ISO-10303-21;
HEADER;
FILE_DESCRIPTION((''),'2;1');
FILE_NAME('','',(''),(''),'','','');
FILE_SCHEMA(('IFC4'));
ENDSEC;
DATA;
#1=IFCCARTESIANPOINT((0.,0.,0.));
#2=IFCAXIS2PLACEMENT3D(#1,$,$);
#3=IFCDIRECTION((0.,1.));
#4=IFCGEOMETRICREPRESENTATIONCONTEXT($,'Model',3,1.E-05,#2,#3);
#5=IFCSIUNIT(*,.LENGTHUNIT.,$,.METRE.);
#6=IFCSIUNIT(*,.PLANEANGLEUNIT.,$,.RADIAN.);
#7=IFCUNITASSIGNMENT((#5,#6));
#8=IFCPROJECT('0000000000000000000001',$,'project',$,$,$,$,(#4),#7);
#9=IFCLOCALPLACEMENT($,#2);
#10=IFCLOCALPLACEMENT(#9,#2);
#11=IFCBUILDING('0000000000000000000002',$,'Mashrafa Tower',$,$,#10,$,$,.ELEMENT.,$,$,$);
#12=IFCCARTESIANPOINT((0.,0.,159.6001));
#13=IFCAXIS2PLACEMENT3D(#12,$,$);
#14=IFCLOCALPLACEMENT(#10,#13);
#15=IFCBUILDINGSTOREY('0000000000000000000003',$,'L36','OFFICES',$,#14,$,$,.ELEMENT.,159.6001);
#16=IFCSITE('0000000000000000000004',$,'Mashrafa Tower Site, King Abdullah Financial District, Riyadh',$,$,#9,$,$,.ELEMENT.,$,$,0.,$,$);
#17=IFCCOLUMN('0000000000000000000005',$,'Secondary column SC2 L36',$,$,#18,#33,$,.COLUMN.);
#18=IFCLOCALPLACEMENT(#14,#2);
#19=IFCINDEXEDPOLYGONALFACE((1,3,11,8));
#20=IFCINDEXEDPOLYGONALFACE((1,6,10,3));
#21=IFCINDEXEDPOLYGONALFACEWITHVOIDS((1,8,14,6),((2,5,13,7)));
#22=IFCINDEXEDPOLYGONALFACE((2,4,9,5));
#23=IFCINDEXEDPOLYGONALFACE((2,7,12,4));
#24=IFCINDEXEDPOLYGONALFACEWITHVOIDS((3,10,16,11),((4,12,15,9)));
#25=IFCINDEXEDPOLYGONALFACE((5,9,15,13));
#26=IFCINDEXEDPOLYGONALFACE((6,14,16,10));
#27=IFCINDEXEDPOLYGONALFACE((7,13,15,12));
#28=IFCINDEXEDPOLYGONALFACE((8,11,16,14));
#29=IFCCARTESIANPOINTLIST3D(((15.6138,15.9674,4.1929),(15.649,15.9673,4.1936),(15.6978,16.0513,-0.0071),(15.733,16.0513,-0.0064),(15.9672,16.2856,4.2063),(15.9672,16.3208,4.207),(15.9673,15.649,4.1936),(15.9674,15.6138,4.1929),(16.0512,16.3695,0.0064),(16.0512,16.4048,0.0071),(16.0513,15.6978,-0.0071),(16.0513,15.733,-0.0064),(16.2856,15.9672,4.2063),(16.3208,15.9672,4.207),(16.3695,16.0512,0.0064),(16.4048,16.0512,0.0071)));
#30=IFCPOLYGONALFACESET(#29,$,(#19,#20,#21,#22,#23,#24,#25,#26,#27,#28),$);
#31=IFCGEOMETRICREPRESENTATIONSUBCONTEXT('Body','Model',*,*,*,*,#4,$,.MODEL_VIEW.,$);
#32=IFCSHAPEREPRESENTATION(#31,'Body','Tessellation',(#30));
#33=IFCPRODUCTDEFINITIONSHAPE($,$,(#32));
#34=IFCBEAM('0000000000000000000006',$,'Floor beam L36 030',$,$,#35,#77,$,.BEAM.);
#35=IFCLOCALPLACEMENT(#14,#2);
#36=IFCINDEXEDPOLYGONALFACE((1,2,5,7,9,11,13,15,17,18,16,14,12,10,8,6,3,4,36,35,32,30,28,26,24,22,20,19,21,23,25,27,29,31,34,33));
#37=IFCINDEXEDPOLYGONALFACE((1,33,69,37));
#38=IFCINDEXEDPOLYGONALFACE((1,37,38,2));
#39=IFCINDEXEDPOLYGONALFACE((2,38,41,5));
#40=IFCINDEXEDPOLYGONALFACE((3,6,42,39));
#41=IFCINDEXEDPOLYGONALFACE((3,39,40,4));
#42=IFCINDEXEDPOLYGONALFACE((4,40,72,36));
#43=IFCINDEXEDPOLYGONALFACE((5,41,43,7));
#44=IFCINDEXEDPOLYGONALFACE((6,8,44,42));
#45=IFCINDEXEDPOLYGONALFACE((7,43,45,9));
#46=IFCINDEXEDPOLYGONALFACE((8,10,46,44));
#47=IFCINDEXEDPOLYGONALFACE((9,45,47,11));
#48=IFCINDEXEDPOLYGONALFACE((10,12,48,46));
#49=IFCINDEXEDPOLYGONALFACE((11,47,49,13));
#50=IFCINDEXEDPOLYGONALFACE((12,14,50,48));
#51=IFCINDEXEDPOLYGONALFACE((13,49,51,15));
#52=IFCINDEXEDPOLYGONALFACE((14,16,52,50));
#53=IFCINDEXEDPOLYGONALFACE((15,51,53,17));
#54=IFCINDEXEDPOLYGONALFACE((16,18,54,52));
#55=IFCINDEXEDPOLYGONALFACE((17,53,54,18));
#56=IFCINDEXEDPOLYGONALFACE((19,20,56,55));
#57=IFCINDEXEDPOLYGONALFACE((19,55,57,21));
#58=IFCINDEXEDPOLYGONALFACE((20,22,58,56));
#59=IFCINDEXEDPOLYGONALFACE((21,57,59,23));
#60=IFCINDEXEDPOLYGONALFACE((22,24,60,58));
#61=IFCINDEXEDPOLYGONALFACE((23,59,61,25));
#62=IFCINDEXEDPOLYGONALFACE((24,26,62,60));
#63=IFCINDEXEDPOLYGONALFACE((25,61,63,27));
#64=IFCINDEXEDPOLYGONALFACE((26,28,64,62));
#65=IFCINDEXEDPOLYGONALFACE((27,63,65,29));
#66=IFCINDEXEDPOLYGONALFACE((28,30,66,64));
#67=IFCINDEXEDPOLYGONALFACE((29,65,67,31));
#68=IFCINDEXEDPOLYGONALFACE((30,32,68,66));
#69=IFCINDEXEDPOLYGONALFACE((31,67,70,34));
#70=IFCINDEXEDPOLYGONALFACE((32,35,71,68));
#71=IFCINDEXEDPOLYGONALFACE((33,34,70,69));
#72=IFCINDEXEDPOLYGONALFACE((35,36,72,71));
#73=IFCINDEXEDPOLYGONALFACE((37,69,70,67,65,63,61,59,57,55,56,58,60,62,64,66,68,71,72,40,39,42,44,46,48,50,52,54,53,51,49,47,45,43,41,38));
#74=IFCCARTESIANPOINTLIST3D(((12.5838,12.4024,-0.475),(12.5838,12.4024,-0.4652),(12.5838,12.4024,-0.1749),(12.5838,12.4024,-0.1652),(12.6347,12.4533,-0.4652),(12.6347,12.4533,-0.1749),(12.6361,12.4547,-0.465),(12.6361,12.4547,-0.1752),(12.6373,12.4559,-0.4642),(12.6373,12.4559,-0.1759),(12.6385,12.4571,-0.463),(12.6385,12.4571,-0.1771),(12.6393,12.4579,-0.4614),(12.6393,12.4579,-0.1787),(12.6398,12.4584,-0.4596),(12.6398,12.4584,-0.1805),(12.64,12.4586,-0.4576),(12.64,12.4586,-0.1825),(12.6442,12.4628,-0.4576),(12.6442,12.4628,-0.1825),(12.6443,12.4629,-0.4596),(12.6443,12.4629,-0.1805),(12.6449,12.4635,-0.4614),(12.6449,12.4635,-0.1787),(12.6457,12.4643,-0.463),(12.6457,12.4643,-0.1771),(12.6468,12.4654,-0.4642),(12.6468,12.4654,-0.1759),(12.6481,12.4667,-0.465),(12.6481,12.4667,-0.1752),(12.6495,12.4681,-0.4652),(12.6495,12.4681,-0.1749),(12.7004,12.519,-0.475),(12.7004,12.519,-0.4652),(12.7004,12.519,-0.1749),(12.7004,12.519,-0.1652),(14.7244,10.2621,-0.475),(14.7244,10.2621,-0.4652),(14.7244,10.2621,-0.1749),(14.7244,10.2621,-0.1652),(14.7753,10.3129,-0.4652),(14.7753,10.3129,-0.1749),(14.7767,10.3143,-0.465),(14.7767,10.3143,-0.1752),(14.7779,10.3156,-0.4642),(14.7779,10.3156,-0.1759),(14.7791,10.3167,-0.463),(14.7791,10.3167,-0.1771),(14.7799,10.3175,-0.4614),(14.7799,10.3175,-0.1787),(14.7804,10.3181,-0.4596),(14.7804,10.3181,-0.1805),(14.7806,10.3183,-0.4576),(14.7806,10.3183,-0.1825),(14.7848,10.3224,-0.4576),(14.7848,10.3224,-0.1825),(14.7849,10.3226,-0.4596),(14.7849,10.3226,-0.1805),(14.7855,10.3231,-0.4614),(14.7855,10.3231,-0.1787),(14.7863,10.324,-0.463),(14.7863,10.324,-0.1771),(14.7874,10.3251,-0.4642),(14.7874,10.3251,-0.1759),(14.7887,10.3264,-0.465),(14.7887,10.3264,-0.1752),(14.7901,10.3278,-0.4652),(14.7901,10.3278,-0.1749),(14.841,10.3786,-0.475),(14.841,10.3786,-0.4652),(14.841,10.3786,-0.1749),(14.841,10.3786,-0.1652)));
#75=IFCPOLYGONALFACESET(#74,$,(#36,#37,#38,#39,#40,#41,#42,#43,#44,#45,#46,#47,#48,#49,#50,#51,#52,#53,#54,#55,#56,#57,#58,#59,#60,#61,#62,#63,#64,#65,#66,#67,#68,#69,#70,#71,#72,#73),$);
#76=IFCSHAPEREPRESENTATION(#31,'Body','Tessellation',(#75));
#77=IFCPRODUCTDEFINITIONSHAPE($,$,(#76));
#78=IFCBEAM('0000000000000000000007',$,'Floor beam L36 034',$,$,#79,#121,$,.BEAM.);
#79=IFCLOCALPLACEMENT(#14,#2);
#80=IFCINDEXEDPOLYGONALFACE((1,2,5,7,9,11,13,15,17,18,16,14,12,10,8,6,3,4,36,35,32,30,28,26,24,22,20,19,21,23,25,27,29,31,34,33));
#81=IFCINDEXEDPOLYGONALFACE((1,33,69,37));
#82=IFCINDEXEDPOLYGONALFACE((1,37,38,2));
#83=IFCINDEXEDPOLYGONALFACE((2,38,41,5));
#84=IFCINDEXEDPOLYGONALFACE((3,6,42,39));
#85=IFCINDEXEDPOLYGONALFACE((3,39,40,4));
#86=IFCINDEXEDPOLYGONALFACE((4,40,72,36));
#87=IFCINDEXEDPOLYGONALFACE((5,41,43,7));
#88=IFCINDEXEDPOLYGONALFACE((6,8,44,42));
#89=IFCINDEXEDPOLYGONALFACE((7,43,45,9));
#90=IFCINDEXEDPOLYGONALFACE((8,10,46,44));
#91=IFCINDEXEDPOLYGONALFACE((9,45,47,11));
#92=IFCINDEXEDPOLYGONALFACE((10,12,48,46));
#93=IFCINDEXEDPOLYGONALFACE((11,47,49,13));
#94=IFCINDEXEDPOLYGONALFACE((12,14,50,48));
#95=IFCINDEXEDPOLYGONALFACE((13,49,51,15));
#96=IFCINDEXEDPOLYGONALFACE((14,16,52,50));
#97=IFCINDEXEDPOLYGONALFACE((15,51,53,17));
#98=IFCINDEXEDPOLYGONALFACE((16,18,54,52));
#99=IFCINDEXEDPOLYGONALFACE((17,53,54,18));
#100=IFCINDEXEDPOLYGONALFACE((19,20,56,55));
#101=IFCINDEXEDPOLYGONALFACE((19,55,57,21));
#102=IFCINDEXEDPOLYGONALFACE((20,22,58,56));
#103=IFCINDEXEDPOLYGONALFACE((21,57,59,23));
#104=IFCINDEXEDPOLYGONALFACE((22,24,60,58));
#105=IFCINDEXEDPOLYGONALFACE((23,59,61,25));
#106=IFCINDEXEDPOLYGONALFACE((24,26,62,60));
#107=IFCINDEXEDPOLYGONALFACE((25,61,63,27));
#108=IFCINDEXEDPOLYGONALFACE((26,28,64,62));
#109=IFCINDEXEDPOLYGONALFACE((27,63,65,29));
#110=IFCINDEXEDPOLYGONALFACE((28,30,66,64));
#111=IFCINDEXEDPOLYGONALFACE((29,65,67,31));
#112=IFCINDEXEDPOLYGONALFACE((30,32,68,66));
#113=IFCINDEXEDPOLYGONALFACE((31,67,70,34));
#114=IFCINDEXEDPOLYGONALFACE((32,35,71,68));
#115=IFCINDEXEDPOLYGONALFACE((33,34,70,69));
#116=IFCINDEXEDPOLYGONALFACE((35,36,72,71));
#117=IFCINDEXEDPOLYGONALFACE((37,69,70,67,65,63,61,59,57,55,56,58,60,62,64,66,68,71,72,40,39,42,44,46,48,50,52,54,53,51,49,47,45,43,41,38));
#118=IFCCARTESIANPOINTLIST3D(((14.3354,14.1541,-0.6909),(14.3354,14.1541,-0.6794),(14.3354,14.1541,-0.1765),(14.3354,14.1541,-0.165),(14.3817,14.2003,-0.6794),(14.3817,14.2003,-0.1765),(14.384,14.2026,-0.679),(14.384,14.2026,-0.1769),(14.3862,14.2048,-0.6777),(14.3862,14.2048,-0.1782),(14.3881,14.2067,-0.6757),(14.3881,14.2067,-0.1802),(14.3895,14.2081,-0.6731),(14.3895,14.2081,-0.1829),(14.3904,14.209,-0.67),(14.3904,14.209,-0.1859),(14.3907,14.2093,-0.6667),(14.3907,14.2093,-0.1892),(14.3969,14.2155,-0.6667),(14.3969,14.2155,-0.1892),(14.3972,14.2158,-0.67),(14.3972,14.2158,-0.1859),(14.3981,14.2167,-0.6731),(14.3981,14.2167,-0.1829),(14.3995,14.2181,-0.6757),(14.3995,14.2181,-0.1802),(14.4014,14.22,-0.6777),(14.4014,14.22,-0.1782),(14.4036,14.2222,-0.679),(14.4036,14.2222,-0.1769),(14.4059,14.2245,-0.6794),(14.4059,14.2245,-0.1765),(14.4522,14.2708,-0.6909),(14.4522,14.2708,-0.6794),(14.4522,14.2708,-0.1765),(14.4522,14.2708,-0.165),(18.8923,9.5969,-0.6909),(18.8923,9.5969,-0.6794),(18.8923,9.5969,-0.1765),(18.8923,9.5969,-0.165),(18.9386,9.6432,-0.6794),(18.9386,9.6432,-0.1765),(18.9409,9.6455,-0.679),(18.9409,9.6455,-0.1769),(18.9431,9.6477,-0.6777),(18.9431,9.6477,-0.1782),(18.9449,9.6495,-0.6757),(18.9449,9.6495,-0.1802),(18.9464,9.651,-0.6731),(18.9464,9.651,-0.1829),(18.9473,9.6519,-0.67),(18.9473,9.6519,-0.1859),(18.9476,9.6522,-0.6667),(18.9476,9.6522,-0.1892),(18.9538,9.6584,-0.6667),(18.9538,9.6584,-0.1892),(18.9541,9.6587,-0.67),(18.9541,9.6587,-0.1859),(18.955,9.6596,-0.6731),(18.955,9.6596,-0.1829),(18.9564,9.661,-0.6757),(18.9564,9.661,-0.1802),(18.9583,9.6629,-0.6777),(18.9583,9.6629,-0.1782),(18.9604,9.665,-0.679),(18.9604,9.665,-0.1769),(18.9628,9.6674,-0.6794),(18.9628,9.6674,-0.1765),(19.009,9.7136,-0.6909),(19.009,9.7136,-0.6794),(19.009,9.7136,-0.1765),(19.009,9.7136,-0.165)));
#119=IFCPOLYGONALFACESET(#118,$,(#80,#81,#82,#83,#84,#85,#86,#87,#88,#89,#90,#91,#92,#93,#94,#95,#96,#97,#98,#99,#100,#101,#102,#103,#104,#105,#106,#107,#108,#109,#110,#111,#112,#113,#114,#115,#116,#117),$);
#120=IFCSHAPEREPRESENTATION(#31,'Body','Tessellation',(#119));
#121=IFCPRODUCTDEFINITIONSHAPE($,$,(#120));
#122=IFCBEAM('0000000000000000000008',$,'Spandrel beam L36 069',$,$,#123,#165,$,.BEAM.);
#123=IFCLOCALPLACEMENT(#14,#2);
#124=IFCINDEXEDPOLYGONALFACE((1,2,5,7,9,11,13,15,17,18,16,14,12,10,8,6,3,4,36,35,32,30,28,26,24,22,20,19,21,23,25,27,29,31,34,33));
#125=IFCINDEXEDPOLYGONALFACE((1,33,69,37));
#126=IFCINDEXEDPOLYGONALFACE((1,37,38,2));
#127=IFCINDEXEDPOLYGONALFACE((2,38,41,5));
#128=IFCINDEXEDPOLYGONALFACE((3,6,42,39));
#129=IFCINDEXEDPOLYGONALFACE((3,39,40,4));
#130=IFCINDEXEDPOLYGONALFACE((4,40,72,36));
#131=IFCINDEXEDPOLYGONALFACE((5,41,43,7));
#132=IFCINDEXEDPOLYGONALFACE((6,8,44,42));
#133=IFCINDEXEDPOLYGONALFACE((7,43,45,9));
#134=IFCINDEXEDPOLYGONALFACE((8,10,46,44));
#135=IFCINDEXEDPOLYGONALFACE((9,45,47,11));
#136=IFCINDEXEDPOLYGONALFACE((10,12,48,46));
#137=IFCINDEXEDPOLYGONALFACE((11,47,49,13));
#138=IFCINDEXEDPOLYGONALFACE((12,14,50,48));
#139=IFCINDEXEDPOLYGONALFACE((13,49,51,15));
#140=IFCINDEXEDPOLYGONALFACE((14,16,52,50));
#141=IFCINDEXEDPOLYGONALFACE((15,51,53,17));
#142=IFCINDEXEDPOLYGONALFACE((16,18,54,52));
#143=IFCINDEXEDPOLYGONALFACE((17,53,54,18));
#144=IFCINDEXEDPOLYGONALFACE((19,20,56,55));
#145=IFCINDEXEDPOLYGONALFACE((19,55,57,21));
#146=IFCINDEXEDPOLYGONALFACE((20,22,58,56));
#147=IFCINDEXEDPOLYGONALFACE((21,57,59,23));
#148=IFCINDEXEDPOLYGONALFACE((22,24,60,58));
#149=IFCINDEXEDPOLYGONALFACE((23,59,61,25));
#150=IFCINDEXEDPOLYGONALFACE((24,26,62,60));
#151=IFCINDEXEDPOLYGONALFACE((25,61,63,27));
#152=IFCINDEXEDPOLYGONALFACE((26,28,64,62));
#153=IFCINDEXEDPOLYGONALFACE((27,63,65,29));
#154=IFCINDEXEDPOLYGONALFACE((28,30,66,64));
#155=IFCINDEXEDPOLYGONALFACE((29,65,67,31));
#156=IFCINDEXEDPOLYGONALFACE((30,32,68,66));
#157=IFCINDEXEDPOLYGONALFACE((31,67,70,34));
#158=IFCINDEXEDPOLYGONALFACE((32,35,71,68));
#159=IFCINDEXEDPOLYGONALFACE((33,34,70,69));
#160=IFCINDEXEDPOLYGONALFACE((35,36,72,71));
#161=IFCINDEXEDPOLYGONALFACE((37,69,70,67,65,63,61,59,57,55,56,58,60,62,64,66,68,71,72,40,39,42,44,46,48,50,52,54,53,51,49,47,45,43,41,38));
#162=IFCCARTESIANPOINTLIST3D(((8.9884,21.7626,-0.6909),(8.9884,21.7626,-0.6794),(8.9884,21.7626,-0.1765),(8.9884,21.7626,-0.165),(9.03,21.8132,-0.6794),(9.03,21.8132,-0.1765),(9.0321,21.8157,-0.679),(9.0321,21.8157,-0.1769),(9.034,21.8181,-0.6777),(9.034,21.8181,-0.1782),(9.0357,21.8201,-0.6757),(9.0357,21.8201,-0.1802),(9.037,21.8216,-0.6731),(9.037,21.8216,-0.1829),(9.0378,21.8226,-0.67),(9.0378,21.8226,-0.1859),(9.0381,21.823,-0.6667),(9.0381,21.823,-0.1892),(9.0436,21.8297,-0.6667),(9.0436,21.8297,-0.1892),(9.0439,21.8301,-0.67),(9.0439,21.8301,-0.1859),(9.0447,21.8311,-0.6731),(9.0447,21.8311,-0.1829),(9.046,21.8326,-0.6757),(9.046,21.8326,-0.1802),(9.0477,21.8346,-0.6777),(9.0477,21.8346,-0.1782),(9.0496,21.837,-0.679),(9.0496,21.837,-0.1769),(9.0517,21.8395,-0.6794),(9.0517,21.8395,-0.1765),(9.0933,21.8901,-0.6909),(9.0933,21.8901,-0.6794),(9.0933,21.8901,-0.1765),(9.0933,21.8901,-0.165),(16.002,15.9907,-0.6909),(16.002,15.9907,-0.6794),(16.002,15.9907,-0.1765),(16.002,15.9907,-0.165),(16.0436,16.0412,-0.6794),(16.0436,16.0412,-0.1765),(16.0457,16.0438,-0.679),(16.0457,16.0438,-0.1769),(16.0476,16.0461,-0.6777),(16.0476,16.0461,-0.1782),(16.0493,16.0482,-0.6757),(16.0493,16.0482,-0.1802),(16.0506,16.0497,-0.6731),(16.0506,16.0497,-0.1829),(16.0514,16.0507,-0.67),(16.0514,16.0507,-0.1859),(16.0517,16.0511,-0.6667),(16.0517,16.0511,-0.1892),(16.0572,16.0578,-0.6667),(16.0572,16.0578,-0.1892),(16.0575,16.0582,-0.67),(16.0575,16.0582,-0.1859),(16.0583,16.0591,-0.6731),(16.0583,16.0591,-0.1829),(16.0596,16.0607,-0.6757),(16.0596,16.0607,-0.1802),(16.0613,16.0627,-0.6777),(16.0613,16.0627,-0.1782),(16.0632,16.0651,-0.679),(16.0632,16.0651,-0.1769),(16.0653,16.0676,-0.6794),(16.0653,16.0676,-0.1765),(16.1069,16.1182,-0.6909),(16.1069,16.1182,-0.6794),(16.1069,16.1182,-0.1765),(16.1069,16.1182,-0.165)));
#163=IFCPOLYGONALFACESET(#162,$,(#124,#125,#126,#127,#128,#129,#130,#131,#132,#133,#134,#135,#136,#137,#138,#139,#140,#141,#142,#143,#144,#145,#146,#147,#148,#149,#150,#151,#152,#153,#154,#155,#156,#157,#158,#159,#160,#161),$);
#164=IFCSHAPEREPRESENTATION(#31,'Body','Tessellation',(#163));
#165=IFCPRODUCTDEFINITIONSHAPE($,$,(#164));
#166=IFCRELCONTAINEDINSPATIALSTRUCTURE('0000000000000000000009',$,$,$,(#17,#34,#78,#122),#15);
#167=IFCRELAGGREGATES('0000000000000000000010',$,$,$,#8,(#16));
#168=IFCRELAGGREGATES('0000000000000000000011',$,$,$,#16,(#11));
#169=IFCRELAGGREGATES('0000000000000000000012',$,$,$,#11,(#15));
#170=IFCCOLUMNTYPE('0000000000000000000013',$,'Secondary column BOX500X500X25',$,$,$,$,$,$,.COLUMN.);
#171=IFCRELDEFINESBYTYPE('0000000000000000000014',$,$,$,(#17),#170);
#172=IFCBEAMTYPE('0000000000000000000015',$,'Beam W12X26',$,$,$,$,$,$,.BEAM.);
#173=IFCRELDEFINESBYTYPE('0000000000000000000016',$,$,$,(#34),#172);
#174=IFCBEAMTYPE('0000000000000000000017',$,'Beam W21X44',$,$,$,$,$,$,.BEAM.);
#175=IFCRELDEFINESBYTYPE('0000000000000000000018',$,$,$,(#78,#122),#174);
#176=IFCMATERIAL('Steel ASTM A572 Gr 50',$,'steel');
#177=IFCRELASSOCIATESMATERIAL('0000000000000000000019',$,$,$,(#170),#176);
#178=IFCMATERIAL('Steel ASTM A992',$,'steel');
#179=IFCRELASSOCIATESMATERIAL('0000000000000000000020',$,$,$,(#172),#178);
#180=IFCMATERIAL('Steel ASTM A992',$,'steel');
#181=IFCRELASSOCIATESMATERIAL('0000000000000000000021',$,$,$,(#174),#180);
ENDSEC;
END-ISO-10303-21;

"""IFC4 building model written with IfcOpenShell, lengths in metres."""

from ifc_helpers import new_model, si_unit, direction, frame, origin, origin_2d, place, context, subcontext, project, spatial, hollow_rectangle, i_section, extrude, material, material_profile, profile_set, type_object, element, save


model = new_model("IFC4")

# Units and contexts
model_context = context("Model", 3, precision=1e-05, world=origin(), true_north=direction((0.0, 1.0)))
body_context = subcontext(model_context, "Body", "Model", "MODEL_VIEW")
ifc_project = project(units=[si_unit("LENGTHUNIT", "METRE"), si_unit("PLANEANGLEUNIT", "RADIAN")], contexts=[model_context])

# Site, building, storey
site_placement = place(None, origin())
site = spatial("IfcSite", under=ifc_project, at=site_placement, Name="Mashrafa Tower Site, King Abdullah Financial District, Riyadh", CompositionType="ELEMENT", RefElevation=0.0)
building_placement = place(site_placement, origin())
building = spatial("IfcBuilding", under=site, at=building_placement, Name="Mashrafa Tower", CompositionType="ELEMENT")
storey_placement = place(building_placement, frame((0.0, 0.0, 159.6001)))
storey = spatial("IfcBuildingStorey", under=building, at=storey_placement, Name="L36", Description="OFFICES", CompositionType="ELEMENT", Elevation=159.6001)

# Column
ifc_material_1 = material(Name="Steel ASTM A572 Gr 50", Category="steel")
ifc_material_profile_1 = material_profile(ifc_material_1, hollow_rectangle(XDim=0.5, YDim=0.5, WallThickness=0.0249, at=origin_2d()), Name="BOX500X500X25")
ifc_profile_set_1 = profile_set([ifc_material_profile_1], Name="Steel ASTM A572 Gr 50")
column_type = type_object("IfcColumnType", Name="Secondary column BOX500X500X25", PredefinedType="COLUMN", material=ifc_profile_set_1)
column_placement = place(storey_placement, frame((16.0513, 16.0513, 0.0), z_axis=(-0.019989, -0.019989, 0.9996), x_axis=(0.707107, -0.707107, 0.0)))
element("IfcColumn", 1, at=column_placement, inside=storey, type_object=column_type, Name="Secondary column SC2 L36", PredefinedType="COLUMN", context=body_context, shape_type="SweptSolid", body=[
    extrude(hollow_rectangle(XDim=0.5, YDim=0.5, WallThickness=0.0249, at=origin_2d()), origin(), (0.0, 0.0, 1.0), 4.2017),
])

# Beams
ifc_material_2 = material(Name="Steel ASTM A992", Category="steel")
ifc_material_profile_2 = material_profile(ifc_material_2, i_section(OverallWidth=0.1648, OverallDepth=0.3098, WebThickness=0.0059, FlangeThickness=0.0098, FilletRadius=0.0076, at=origin_2d()), Name="W12X26")
ifc_profile_set_2 = profile_set([ifc_material_profile_2], Name="Steel ASTM A992")
beam_type_1 = type_object("IfcBeamType", Name="Beam W12X26", PredefinedType="BEAM", material=ifc_profile_set_2)
beam_1_placement = place(storey_placement, frame((12.6421, 12.4607, -0.3201), z_axis=(0.707147, -0.707066, 0.0), x_axis=(0.707066, 0.707147, 0.0)))
element("IfcBeam", 2, at=beam_1_placement, inside=storey, type_object=beam_type_1, Name="Floor beam L36 030", PredefinedType="BEAM", context=body_context, shape_type="SweptSolid", body=[
    extrude(i_section(OverallWidth=0.1648, OverallDepth=0.3098, WebThickness=0.0059, FlangeThickness=0.0098, FilletRadius=0.0076, at=origin_2d()), origin(), (0.0, 0.0, 1.0), 3.0271),
])
ifc_material_3 = material(Name="Steel ASTM A992", Category="steel")
ifc_material_profile_3 = material_profile(ifc_material_3, i_section(OverallWidth=0.165, OverallDepth=0.5259, WebThickness=0.0088, FlangeThickness=0.0115, FilletRadius=0.0127, at=origin_2d()), Name="W21X44")
ifc_profile_set_3 = profile_set([ifc_material_profile_3], Name="Steel ASTM A992")
beam_type_2 = type_object("IfcBeamType", Name="Beam W21X44", PredefinedType="BEAM", material=ifc_profile_set_3)
beam_2_placement = place(storey_placement, frame((14.3938, 14.2124, -0.428), z_axis=(0.707088, -0.707126, 0.0), x_axis=(0.707126, 0.707088, 0.0)))
element("IfcBeam", 3, at=beam_2_placement, inside=storey, type_object=beam_type_2, Name="Floor beam L36 034", PredefinedType="BEAM", context=body_context, shape_type="SweptSolid", body=[
    extrude(i_section(OverallWidth=0.165, OverallDepth=0.5259, WebThickness=0.0088, FlangeThickness=0.0115, FilletRadius=0.0127, at=origin_2d()), origin(), (0.0, 0.0, 1.0), 6.4446),
])
beam_3_placement = place(storey_placement, frame((16.0544, 16.0544, -0.428), z_axis=(-0.772146, 0.635445, 0.0), x_axis=(-0.635445, -0.772146, 0.0)))
element("IfcBeam", 4, at=beam_3_placement, inside=storey, type_object=beam_type_2, Name="Spandrel beam L36 069", PredefinedType="BEAM", context=body_context, shape_type="SweptSolid", body=[
    extrude(i_section(OverallWidth=0.165, OverallDepth=0.5259, WebThickness=0.0088, FlangeThickness=0.0115, FilletRadius=0.0127, at=origin_2d()), origin(), (0.0, 0.0, 1.0), 9.0833),
])

save(model, "model.ifc")
